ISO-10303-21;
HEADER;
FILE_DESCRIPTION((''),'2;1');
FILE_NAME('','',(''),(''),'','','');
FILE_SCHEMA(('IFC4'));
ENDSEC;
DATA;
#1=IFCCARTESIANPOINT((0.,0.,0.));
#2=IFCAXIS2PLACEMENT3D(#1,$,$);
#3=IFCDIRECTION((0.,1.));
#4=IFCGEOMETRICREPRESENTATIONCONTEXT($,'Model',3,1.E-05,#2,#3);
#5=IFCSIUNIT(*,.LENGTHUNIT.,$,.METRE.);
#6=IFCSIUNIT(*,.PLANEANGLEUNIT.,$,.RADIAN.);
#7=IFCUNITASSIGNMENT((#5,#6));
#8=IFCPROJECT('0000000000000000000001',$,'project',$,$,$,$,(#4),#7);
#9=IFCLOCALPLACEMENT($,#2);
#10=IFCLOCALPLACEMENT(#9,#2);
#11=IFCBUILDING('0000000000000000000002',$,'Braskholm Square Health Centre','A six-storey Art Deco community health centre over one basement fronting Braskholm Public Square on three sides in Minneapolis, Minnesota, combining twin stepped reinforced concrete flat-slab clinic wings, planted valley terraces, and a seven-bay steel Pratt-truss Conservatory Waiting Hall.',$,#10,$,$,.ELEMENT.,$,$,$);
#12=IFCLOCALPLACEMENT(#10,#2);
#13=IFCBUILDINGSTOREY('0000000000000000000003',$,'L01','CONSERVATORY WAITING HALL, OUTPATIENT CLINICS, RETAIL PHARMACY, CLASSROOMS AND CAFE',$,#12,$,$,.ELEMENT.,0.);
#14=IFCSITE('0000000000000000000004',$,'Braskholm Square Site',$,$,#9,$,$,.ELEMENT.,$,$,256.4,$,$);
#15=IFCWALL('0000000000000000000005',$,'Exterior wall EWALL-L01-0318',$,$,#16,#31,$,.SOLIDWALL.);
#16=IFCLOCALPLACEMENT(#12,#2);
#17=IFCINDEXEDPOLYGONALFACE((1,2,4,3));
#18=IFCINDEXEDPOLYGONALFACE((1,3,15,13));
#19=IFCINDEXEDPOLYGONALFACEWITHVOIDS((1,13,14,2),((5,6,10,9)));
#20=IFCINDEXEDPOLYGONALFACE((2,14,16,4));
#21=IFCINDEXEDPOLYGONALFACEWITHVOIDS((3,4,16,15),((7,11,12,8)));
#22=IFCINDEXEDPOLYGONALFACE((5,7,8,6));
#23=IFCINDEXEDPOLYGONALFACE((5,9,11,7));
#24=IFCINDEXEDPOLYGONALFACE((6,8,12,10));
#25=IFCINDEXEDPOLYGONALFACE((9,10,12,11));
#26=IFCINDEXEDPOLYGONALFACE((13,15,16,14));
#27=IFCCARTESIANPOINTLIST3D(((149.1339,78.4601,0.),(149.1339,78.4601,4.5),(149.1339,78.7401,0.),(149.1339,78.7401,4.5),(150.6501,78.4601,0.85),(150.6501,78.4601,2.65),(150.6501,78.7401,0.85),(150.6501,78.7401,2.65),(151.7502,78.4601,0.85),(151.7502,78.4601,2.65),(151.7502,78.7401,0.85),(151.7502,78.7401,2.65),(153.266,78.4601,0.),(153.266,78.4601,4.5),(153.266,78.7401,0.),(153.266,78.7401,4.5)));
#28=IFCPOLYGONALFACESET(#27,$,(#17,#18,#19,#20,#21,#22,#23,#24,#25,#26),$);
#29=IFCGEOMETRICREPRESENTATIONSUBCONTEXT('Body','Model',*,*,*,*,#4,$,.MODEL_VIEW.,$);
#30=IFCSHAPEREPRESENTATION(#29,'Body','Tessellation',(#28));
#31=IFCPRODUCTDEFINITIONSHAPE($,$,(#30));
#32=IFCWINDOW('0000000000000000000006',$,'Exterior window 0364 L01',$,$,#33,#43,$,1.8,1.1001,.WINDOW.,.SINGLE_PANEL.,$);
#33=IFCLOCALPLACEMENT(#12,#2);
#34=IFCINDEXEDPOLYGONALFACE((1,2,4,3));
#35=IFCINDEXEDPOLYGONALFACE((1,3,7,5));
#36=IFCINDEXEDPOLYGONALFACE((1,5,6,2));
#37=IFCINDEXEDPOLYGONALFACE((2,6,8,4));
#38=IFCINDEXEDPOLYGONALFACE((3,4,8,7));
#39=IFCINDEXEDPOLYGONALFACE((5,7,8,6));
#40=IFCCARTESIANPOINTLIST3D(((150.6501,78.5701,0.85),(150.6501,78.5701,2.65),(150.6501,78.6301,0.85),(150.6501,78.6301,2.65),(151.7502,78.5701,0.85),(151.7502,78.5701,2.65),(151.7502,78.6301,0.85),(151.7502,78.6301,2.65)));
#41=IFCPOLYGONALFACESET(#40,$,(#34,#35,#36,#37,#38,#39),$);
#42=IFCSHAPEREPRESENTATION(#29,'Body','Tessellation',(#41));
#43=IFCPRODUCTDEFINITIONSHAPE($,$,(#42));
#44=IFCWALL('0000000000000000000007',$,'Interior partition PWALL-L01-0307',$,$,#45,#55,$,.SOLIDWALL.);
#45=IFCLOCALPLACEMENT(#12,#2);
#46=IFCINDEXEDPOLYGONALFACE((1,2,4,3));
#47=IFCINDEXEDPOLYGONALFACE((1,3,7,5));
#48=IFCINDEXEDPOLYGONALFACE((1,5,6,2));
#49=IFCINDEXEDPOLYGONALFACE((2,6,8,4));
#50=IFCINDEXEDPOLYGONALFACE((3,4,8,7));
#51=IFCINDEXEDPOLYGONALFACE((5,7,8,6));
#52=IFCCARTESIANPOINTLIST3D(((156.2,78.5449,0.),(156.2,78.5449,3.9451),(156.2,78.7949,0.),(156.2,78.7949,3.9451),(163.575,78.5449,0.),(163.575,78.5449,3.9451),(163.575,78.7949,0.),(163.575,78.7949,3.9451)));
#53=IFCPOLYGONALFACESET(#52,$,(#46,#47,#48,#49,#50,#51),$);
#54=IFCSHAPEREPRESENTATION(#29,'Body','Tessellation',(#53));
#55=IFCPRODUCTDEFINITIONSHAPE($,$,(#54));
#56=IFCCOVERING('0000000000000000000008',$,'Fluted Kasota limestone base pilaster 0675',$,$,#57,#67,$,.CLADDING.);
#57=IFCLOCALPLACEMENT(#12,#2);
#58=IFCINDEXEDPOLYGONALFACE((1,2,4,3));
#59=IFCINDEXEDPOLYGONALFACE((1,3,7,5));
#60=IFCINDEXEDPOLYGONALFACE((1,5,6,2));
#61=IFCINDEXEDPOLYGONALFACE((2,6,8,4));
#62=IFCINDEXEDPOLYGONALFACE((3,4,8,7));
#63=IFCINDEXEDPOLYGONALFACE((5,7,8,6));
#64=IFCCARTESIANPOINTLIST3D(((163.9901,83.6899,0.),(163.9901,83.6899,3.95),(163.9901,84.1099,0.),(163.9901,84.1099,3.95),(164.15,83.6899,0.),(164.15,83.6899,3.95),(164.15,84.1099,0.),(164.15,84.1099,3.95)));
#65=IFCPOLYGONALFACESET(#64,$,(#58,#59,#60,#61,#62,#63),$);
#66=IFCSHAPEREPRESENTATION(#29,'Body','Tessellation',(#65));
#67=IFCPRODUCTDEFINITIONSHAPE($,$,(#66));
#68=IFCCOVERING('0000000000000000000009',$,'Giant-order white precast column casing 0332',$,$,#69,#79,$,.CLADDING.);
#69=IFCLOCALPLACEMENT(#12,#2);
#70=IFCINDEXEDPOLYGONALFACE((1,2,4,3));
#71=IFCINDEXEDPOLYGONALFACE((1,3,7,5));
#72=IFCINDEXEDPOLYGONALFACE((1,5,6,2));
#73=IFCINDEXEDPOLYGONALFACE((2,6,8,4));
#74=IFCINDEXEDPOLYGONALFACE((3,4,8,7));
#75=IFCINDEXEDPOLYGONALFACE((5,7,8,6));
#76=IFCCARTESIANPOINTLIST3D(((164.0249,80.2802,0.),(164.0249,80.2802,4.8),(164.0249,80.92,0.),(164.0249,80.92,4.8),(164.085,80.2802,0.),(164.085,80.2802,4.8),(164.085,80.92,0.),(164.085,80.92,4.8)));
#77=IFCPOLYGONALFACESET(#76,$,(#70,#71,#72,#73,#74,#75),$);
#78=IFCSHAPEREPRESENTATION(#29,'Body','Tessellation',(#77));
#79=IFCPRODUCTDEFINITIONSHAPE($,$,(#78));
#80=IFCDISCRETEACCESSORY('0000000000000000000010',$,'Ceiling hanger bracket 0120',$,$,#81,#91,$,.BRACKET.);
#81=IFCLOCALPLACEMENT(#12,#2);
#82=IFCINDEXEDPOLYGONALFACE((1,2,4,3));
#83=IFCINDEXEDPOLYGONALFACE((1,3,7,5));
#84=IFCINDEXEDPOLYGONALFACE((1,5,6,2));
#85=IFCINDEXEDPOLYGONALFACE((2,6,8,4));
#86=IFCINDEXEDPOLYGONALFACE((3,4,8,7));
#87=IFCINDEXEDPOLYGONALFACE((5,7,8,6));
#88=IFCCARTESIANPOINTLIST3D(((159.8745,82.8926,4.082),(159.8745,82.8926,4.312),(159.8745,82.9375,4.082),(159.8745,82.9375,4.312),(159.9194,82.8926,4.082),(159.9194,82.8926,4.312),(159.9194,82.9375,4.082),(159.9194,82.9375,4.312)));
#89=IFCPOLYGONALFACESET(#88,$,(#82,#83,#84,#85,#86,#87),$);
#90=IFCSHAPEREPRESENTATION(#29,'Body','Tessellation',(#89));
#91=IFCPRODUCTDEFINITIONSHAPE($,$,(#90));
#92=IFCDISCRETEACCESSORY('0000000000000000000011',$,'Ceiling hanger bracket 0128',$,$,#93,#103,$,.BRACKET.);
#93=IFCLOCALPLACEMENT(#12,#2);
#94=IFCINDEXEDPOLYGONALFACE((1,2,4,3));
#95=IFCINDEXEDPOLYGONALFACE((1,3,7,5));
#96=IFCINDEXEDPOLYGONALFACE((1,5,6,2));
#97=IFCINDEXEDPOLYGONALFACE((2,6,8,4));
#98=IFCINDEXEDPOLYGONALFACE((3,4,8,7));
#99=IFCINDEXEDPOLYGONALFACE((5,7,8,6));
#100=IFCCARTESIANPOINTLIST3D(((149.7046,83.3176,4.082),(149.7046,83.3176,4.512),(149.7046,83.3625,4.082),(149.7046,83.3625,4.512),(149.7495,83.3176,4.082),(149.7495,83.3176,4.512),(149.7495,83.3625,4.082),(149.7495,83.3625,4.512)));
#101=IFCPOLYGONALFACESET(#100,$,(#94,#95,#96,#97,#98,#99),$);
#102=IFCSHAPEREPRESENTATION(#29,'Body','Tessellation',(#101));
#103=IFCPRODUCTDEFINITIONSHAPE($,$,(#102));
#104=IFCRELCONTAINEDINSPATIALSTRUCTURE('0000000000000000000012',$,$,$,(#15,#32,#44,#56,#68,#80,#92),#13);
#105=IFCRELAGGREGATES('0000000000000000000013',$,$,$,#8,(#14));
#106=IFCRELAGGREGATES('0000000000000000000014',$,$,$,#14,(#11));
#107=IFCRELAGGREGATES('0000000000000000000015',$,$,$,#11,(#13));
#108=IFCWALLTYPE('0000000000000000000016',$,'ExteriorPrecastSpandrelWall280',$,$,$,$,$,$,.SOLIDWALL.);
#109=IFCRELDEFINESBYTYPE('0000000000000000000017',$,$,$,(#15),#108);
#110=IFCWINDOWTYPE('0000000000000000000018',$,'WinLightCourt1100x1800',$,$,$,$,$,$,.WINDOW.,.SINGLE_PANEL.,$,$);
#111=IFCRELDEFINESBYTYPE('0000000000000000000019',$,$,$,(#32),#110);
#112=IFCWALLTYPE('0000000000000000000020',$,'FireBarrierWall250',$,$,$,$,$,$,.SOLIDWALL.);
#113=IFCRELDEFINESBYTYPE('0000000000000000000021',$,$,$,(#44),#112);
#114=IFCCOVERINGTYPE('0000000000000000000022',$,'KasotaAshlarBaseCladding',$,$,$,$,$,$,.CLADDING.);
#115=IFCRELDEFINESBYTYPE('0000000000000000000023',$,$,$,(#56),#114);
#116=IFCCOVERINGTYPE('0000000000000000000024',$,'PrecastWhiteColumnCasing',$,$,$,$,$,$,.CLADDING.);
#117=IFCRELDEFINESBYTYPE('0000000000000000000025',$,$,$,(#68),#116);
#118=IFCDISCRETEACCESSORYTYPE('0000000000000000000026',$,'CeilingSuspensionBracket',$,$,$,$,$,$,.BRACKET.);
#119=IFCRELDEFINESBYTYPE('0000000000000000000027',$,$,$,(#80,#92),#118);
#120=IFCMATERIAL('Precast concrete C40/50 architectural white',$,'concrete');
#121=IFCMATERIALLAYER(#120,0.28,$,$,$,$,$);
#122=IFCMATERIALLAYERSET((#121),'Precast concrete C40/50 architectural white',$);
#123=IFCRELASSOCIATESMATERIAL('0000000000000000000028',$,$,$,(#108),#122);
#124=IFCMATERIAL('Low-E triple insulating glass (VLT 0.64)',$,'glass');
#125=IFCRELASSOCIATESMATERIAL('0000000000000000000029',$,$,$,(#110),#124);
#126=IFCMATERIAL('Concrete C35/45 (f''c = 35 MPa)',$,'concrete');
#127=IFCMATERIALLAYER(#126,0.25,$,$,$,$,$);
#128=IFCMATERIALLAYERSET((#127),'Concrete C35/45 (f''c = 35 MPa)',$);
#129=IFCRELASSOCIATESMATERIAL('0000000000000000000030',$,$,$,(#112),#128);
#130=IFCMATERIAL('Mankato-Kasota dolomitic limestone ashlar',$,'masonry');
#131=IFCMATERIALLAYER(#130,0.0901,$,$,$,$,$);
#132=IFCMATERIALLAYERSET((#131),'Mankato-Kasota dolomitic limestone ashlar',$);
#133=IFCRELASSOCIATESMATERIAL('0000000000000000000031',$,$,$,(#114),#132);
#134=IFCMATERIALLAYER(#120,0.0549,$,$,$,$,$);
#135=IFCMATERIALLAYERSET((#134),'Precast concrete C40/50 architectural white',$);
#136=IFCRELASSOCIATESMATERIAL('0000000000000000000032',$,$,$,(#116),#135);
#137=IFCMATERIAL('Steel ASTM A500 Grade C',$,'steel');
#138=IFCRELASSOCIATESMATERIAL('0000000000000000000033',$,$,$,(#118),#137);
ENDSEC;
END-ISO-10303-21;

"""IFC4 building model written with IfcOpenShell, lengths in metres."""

from ifc_helpers import new_model, si_unit, direction, frame, frame_2d, origin, origin_with_axes, origin_2d, place, context, subcontext, project, spatial, rectangle, extrude, material, layer, layer_set, type_object, element, fill, save


model = new_model("IFC4")

# Units and contexts
model_context = context("Model", 3, precision=1e-05, world=origin(), true_north=direction((0.0, 1.0)))
body_context = subcontext(model_context, "Body", "Model", "MODEL_VIEW")
ifc_project = project(units=[si_unit("LENGTHUNIT", "METRE"), si_unit("PLANEANGLEUNIT", "RADIAN")], contexts=[model_context])

# Site, building, storey
site_placement = place(None, origin())
site = spatial("IfcSite", under=ifc_project, at=site_placement, Name="Braskholm Square Site", CompositionType="ELEMENT", RefElevation=256.4)
building_placement = place(site_placement, origin())
building = spatial("IfcBuilding", under=site, at=building_placement, Name="Braskholm Square Health Centre", Description="A six-storey Art Deco community health centre over one basement fronting Braskholm Public Square on three sides in Minneapolis, Minnesota, combining twin stepped reinforced concrete flat-slab clinic wings, planted valley terraces, and a seven-bay steel Pratt-truss Conservatory Waiting Hall.", CompositionType="ELEMENT")
storey_placement = place(building_placement, origin())
storey = spatial("IfcBuildingStorey", under=building, at=storey_placement, Name="L01", Description="CONSERVATORY WAITING HALL, OUTPATIENT CLINICS, RETAIL PHARMACY, CLASSROOMS AND CAFE", CompositionType="ELEMENT", Elevation=0.0)

# Shared definitions
ifc_material_1 = material(Name="Precast concrete C40/50 architectural white", Category="concrete")

# Shared definitions
ifc_material_2 = material(Name="Low-E triple insulating glass (VLT 0.64)", Category="glass")

# Shared definitions
ifc_material_3 = material(Name="Mankato-Kasota dolomitic limestone ashlar", Category="masonry")

# Wall, opening, window
ifc_layer_1 = layer(ifc_material_1, 0.28)
ifc_layer_set_1 = layer_set([ifc_layer_1], Name="Precast concrete C40/50 architectural white")
wall_type_1 = type_object("IfcWallType", Name="ExteriorPrecastSpandrelWall280", PredefinedType="SOLIDWALL", material=ifc_layer_set_1)
wall_1_placement = place(storey_placement, frame((149.134, 78.6001, 0.0), z_axis=(0.0, 0.0, 1.0), x_axis=(1.0, 0.0, 0.0)))
wall_1 = element("IfcWall", 1, at=wall_1_placement, inside=storey, type_object=wall_type_1, Name="Exterior wall EWALL-L01-0318", PredefinedType="SOLIDWALL", context=body_context, shape_type="SweptSolid", body=[
    extrude(rectangle(XDim=4.1321, YDim=0.28, at=frame_2d((2.0659, 0.0))), origin(), (0.0, 0.0, 1.0), 4.5),
])
opening_1_placement = place(wall_1_placement, frame((1.5161, 0.0, 0.8501)))
opening_1 = element("IfcOpeningElement", 2, at=opening_1_placement, cuts=wall_1, PredefinedType="OPENING", context=body_context, shape_type="SweptSolid", body=[
    extrude(rectangle(XDim=1.1001, YDim=1.8, at=frame_2d((0.55, 0.8999))), frame((0.0, 0.1499, 0.0), z_axis=(0.0, -1.0, 0.0), x_axis=(1.0, 0.0, 0.0)), (0.0, 0.0, 1.0), 0.3),
])
window_type_1 = type_object("IfcWindowType", Name="WinLightCourt1100x1800", PartitioningType="SINGLE_PANEL", PredefinedType="WINDOW", material=ifc_material_2)
window_1_placement = place(opening_1_placement, origin_with_axes())
window_1 = element("IfcWindow", 3, at=window_1_placement, inside=storey, type_object=window_type_1, Name="Exterior window 0364 L01", OverallHeight=1.8, OverallWidth=1.1001, PartitioningType="SINGLE_PANEL", PredefinedType="WINDOW", context=body_context, shape_type="SweptSolid", body=[
    extrude(rectangle(XDim=1.1001, YDim=1.8, at=frame_2d((0.55, 0.8999))), frame((0.0, 0.03, 0.0), z_axis=(0.0, -1.0, 0.0), x_axis=(1.0, 0.0, 0.0)), (0.0, 0.0, 1.0), 0.0601),
])
fill(opening_1, window_1)

# Wall
ifc_material_4 = material(Name="Concrete C35/45 (f'c = 35 MPa)", Category="concrete")
ifc_layer_2 = layer(ifc_material_4, 0.25)
ifc_layer_set_2 = layer_set([ifc_layer_2], Name="Concrete C35/45 (f'c = 35 MPa)")
wall_type_2 = type_object("IfcWallType", Name="FireBarrierWall250", PredefinedType="SOLIDWALL", material=ifc_layer_set_2)
wall_2_placement = place(storey_placement, frame((156.2, 78.6699, 0.0), z_axis=(0.0, 0.0, 1.0), x_axis=(1.0, 0.0, 0.0)))
element("IfcWall", 4, at=wall_2_placement, inside=storey, type_object=wall_type_2, Name="Interior partition PWALL-L01-0307", PredefinedType="SOLIDWALL", context=body_context, shape_type="SweptSolid", body=[
    extrude(rectangle(XDim=7.375, YDim=0.25, at=frame_2d((3.6875, 0.0))), origin(), (0.0, 0.0, 1.0), 3.9451),
])

# Coverings
ifc_layer_3 = layer(ifc_material_3, 0.0901)
ifc_layer_set_3 = layer_set([ifc_layer_3], Name="Mankato-Kasota dolomitic limestone ashlar")
covering_type_1 = type_object("IfcCoveringType", Name="KasotaAshlarBaseCladding", PredefinedType="CLADDING", material=ifc_layer_set_3)
covering_1_placement = place(storey_placement, frame((164.0701, 83.8999, 0.0), z_axis=(0.0, 0.0, 1.0), x_axis=(1.0, 0.0, 0.0)))
element("IfcCovering", 5, at=covering_1_placement, inside=storey, type_object=covering_type_1, Name="Fluted Kasota limestone base pilaster 0675", PredefinedType="CLADDING", context=body_context, shape_type="SweptSolid", body=[
    extrude(rectangle(XDim=0.1599, YDim=0.4199, at=origin_2d()), origin(), (0.0, 0.0, 1.0), 3.95),
])
ifc_layer_4 = layer(ifc_material_1, 0.0549)
ifc_layer_set_4 = layer_set([ifc_layer_4], Name="Precast concrete C40/50 architectural white")
covering_type_2 = type_object("IfcCoveringType", Name="PrecastWhiteColumnCasing", PredefinedType="CLADDING", material=ifc_layer_set_4)
covering_2_placement = place(storey_placement, frame((164.0549, 80.6001, 0.0), z_axis=(0.0, 0.0, 1.0), x_axis=(1.0, 0.0, 0.0)))
element("IfcCovering", 6, at=covering_2_placement, inside=storey, type_object=covering_type_2, Name="Giant-order white precast column casing 0332", PredefinedType="CLADDING", context=body_context, shape_type="SweptSolid", body=[
    extrude(rectangle(XDim=0.0601, YDim=0.6399, at=origin_2d()), origin(), (0.0, 0.0, 1.0), 4.8),
])

# Discrete accessories
ifc_material_5 = material(Name="Steel ASTM A500 Grade C", Category="steel")
discrete_accessory_type = type_object("IfcDiscreteAccessoryType", Name="CeilingSuspensionBracket", PredefinedType="BRACKET", material=ifc_material_5)
discrete_accessory_1_placement = place(storey_placement, frame((159.897, 82.915, 4.082), z_axis=(0.0, 0.0, 1.0), x_axis=(1.0, 0.0, 0.0)))
element("IfcDiscreteAccessory", 7, at=discrete_accessory_1_placement, inside=storey, type_object=discrete_accessory_type, Name="Ceiling hanger bracket 0120", PredefinedType="BRACKET", context=body_context, shape_type="SweptSolid", body=[
    extrude(rectangle(XDim=0.0449, YDim=0.0449, at=origin_2d()), origin(), (0.0, 0.0, 1.0), 0.23),
])
discrete_accessory_2_placement = place(storey_placement, frame((149.7271, 83.3401, 4.082), z_axis=(0.0, 0.0, 1.0), x_axis=(1.0, 0.0, 0.0)))
element("IfcDiscreteAccessory", 8, at=discrete_accessory_2_placement, inside=storey, type_object=discrete_accessory_type, Name="Ceiling hanger bracket 0128", PredefinedType="BRACKET", context=body_context, shape_type="SweptSolid", body=[
    extrude(rectangle(XDim=0.0449, YDim=0.0449, at=origin_2d()), origin(), (0.0, 0.0, 1.0), 0.4299),
])

save(model, "model.ifc")
